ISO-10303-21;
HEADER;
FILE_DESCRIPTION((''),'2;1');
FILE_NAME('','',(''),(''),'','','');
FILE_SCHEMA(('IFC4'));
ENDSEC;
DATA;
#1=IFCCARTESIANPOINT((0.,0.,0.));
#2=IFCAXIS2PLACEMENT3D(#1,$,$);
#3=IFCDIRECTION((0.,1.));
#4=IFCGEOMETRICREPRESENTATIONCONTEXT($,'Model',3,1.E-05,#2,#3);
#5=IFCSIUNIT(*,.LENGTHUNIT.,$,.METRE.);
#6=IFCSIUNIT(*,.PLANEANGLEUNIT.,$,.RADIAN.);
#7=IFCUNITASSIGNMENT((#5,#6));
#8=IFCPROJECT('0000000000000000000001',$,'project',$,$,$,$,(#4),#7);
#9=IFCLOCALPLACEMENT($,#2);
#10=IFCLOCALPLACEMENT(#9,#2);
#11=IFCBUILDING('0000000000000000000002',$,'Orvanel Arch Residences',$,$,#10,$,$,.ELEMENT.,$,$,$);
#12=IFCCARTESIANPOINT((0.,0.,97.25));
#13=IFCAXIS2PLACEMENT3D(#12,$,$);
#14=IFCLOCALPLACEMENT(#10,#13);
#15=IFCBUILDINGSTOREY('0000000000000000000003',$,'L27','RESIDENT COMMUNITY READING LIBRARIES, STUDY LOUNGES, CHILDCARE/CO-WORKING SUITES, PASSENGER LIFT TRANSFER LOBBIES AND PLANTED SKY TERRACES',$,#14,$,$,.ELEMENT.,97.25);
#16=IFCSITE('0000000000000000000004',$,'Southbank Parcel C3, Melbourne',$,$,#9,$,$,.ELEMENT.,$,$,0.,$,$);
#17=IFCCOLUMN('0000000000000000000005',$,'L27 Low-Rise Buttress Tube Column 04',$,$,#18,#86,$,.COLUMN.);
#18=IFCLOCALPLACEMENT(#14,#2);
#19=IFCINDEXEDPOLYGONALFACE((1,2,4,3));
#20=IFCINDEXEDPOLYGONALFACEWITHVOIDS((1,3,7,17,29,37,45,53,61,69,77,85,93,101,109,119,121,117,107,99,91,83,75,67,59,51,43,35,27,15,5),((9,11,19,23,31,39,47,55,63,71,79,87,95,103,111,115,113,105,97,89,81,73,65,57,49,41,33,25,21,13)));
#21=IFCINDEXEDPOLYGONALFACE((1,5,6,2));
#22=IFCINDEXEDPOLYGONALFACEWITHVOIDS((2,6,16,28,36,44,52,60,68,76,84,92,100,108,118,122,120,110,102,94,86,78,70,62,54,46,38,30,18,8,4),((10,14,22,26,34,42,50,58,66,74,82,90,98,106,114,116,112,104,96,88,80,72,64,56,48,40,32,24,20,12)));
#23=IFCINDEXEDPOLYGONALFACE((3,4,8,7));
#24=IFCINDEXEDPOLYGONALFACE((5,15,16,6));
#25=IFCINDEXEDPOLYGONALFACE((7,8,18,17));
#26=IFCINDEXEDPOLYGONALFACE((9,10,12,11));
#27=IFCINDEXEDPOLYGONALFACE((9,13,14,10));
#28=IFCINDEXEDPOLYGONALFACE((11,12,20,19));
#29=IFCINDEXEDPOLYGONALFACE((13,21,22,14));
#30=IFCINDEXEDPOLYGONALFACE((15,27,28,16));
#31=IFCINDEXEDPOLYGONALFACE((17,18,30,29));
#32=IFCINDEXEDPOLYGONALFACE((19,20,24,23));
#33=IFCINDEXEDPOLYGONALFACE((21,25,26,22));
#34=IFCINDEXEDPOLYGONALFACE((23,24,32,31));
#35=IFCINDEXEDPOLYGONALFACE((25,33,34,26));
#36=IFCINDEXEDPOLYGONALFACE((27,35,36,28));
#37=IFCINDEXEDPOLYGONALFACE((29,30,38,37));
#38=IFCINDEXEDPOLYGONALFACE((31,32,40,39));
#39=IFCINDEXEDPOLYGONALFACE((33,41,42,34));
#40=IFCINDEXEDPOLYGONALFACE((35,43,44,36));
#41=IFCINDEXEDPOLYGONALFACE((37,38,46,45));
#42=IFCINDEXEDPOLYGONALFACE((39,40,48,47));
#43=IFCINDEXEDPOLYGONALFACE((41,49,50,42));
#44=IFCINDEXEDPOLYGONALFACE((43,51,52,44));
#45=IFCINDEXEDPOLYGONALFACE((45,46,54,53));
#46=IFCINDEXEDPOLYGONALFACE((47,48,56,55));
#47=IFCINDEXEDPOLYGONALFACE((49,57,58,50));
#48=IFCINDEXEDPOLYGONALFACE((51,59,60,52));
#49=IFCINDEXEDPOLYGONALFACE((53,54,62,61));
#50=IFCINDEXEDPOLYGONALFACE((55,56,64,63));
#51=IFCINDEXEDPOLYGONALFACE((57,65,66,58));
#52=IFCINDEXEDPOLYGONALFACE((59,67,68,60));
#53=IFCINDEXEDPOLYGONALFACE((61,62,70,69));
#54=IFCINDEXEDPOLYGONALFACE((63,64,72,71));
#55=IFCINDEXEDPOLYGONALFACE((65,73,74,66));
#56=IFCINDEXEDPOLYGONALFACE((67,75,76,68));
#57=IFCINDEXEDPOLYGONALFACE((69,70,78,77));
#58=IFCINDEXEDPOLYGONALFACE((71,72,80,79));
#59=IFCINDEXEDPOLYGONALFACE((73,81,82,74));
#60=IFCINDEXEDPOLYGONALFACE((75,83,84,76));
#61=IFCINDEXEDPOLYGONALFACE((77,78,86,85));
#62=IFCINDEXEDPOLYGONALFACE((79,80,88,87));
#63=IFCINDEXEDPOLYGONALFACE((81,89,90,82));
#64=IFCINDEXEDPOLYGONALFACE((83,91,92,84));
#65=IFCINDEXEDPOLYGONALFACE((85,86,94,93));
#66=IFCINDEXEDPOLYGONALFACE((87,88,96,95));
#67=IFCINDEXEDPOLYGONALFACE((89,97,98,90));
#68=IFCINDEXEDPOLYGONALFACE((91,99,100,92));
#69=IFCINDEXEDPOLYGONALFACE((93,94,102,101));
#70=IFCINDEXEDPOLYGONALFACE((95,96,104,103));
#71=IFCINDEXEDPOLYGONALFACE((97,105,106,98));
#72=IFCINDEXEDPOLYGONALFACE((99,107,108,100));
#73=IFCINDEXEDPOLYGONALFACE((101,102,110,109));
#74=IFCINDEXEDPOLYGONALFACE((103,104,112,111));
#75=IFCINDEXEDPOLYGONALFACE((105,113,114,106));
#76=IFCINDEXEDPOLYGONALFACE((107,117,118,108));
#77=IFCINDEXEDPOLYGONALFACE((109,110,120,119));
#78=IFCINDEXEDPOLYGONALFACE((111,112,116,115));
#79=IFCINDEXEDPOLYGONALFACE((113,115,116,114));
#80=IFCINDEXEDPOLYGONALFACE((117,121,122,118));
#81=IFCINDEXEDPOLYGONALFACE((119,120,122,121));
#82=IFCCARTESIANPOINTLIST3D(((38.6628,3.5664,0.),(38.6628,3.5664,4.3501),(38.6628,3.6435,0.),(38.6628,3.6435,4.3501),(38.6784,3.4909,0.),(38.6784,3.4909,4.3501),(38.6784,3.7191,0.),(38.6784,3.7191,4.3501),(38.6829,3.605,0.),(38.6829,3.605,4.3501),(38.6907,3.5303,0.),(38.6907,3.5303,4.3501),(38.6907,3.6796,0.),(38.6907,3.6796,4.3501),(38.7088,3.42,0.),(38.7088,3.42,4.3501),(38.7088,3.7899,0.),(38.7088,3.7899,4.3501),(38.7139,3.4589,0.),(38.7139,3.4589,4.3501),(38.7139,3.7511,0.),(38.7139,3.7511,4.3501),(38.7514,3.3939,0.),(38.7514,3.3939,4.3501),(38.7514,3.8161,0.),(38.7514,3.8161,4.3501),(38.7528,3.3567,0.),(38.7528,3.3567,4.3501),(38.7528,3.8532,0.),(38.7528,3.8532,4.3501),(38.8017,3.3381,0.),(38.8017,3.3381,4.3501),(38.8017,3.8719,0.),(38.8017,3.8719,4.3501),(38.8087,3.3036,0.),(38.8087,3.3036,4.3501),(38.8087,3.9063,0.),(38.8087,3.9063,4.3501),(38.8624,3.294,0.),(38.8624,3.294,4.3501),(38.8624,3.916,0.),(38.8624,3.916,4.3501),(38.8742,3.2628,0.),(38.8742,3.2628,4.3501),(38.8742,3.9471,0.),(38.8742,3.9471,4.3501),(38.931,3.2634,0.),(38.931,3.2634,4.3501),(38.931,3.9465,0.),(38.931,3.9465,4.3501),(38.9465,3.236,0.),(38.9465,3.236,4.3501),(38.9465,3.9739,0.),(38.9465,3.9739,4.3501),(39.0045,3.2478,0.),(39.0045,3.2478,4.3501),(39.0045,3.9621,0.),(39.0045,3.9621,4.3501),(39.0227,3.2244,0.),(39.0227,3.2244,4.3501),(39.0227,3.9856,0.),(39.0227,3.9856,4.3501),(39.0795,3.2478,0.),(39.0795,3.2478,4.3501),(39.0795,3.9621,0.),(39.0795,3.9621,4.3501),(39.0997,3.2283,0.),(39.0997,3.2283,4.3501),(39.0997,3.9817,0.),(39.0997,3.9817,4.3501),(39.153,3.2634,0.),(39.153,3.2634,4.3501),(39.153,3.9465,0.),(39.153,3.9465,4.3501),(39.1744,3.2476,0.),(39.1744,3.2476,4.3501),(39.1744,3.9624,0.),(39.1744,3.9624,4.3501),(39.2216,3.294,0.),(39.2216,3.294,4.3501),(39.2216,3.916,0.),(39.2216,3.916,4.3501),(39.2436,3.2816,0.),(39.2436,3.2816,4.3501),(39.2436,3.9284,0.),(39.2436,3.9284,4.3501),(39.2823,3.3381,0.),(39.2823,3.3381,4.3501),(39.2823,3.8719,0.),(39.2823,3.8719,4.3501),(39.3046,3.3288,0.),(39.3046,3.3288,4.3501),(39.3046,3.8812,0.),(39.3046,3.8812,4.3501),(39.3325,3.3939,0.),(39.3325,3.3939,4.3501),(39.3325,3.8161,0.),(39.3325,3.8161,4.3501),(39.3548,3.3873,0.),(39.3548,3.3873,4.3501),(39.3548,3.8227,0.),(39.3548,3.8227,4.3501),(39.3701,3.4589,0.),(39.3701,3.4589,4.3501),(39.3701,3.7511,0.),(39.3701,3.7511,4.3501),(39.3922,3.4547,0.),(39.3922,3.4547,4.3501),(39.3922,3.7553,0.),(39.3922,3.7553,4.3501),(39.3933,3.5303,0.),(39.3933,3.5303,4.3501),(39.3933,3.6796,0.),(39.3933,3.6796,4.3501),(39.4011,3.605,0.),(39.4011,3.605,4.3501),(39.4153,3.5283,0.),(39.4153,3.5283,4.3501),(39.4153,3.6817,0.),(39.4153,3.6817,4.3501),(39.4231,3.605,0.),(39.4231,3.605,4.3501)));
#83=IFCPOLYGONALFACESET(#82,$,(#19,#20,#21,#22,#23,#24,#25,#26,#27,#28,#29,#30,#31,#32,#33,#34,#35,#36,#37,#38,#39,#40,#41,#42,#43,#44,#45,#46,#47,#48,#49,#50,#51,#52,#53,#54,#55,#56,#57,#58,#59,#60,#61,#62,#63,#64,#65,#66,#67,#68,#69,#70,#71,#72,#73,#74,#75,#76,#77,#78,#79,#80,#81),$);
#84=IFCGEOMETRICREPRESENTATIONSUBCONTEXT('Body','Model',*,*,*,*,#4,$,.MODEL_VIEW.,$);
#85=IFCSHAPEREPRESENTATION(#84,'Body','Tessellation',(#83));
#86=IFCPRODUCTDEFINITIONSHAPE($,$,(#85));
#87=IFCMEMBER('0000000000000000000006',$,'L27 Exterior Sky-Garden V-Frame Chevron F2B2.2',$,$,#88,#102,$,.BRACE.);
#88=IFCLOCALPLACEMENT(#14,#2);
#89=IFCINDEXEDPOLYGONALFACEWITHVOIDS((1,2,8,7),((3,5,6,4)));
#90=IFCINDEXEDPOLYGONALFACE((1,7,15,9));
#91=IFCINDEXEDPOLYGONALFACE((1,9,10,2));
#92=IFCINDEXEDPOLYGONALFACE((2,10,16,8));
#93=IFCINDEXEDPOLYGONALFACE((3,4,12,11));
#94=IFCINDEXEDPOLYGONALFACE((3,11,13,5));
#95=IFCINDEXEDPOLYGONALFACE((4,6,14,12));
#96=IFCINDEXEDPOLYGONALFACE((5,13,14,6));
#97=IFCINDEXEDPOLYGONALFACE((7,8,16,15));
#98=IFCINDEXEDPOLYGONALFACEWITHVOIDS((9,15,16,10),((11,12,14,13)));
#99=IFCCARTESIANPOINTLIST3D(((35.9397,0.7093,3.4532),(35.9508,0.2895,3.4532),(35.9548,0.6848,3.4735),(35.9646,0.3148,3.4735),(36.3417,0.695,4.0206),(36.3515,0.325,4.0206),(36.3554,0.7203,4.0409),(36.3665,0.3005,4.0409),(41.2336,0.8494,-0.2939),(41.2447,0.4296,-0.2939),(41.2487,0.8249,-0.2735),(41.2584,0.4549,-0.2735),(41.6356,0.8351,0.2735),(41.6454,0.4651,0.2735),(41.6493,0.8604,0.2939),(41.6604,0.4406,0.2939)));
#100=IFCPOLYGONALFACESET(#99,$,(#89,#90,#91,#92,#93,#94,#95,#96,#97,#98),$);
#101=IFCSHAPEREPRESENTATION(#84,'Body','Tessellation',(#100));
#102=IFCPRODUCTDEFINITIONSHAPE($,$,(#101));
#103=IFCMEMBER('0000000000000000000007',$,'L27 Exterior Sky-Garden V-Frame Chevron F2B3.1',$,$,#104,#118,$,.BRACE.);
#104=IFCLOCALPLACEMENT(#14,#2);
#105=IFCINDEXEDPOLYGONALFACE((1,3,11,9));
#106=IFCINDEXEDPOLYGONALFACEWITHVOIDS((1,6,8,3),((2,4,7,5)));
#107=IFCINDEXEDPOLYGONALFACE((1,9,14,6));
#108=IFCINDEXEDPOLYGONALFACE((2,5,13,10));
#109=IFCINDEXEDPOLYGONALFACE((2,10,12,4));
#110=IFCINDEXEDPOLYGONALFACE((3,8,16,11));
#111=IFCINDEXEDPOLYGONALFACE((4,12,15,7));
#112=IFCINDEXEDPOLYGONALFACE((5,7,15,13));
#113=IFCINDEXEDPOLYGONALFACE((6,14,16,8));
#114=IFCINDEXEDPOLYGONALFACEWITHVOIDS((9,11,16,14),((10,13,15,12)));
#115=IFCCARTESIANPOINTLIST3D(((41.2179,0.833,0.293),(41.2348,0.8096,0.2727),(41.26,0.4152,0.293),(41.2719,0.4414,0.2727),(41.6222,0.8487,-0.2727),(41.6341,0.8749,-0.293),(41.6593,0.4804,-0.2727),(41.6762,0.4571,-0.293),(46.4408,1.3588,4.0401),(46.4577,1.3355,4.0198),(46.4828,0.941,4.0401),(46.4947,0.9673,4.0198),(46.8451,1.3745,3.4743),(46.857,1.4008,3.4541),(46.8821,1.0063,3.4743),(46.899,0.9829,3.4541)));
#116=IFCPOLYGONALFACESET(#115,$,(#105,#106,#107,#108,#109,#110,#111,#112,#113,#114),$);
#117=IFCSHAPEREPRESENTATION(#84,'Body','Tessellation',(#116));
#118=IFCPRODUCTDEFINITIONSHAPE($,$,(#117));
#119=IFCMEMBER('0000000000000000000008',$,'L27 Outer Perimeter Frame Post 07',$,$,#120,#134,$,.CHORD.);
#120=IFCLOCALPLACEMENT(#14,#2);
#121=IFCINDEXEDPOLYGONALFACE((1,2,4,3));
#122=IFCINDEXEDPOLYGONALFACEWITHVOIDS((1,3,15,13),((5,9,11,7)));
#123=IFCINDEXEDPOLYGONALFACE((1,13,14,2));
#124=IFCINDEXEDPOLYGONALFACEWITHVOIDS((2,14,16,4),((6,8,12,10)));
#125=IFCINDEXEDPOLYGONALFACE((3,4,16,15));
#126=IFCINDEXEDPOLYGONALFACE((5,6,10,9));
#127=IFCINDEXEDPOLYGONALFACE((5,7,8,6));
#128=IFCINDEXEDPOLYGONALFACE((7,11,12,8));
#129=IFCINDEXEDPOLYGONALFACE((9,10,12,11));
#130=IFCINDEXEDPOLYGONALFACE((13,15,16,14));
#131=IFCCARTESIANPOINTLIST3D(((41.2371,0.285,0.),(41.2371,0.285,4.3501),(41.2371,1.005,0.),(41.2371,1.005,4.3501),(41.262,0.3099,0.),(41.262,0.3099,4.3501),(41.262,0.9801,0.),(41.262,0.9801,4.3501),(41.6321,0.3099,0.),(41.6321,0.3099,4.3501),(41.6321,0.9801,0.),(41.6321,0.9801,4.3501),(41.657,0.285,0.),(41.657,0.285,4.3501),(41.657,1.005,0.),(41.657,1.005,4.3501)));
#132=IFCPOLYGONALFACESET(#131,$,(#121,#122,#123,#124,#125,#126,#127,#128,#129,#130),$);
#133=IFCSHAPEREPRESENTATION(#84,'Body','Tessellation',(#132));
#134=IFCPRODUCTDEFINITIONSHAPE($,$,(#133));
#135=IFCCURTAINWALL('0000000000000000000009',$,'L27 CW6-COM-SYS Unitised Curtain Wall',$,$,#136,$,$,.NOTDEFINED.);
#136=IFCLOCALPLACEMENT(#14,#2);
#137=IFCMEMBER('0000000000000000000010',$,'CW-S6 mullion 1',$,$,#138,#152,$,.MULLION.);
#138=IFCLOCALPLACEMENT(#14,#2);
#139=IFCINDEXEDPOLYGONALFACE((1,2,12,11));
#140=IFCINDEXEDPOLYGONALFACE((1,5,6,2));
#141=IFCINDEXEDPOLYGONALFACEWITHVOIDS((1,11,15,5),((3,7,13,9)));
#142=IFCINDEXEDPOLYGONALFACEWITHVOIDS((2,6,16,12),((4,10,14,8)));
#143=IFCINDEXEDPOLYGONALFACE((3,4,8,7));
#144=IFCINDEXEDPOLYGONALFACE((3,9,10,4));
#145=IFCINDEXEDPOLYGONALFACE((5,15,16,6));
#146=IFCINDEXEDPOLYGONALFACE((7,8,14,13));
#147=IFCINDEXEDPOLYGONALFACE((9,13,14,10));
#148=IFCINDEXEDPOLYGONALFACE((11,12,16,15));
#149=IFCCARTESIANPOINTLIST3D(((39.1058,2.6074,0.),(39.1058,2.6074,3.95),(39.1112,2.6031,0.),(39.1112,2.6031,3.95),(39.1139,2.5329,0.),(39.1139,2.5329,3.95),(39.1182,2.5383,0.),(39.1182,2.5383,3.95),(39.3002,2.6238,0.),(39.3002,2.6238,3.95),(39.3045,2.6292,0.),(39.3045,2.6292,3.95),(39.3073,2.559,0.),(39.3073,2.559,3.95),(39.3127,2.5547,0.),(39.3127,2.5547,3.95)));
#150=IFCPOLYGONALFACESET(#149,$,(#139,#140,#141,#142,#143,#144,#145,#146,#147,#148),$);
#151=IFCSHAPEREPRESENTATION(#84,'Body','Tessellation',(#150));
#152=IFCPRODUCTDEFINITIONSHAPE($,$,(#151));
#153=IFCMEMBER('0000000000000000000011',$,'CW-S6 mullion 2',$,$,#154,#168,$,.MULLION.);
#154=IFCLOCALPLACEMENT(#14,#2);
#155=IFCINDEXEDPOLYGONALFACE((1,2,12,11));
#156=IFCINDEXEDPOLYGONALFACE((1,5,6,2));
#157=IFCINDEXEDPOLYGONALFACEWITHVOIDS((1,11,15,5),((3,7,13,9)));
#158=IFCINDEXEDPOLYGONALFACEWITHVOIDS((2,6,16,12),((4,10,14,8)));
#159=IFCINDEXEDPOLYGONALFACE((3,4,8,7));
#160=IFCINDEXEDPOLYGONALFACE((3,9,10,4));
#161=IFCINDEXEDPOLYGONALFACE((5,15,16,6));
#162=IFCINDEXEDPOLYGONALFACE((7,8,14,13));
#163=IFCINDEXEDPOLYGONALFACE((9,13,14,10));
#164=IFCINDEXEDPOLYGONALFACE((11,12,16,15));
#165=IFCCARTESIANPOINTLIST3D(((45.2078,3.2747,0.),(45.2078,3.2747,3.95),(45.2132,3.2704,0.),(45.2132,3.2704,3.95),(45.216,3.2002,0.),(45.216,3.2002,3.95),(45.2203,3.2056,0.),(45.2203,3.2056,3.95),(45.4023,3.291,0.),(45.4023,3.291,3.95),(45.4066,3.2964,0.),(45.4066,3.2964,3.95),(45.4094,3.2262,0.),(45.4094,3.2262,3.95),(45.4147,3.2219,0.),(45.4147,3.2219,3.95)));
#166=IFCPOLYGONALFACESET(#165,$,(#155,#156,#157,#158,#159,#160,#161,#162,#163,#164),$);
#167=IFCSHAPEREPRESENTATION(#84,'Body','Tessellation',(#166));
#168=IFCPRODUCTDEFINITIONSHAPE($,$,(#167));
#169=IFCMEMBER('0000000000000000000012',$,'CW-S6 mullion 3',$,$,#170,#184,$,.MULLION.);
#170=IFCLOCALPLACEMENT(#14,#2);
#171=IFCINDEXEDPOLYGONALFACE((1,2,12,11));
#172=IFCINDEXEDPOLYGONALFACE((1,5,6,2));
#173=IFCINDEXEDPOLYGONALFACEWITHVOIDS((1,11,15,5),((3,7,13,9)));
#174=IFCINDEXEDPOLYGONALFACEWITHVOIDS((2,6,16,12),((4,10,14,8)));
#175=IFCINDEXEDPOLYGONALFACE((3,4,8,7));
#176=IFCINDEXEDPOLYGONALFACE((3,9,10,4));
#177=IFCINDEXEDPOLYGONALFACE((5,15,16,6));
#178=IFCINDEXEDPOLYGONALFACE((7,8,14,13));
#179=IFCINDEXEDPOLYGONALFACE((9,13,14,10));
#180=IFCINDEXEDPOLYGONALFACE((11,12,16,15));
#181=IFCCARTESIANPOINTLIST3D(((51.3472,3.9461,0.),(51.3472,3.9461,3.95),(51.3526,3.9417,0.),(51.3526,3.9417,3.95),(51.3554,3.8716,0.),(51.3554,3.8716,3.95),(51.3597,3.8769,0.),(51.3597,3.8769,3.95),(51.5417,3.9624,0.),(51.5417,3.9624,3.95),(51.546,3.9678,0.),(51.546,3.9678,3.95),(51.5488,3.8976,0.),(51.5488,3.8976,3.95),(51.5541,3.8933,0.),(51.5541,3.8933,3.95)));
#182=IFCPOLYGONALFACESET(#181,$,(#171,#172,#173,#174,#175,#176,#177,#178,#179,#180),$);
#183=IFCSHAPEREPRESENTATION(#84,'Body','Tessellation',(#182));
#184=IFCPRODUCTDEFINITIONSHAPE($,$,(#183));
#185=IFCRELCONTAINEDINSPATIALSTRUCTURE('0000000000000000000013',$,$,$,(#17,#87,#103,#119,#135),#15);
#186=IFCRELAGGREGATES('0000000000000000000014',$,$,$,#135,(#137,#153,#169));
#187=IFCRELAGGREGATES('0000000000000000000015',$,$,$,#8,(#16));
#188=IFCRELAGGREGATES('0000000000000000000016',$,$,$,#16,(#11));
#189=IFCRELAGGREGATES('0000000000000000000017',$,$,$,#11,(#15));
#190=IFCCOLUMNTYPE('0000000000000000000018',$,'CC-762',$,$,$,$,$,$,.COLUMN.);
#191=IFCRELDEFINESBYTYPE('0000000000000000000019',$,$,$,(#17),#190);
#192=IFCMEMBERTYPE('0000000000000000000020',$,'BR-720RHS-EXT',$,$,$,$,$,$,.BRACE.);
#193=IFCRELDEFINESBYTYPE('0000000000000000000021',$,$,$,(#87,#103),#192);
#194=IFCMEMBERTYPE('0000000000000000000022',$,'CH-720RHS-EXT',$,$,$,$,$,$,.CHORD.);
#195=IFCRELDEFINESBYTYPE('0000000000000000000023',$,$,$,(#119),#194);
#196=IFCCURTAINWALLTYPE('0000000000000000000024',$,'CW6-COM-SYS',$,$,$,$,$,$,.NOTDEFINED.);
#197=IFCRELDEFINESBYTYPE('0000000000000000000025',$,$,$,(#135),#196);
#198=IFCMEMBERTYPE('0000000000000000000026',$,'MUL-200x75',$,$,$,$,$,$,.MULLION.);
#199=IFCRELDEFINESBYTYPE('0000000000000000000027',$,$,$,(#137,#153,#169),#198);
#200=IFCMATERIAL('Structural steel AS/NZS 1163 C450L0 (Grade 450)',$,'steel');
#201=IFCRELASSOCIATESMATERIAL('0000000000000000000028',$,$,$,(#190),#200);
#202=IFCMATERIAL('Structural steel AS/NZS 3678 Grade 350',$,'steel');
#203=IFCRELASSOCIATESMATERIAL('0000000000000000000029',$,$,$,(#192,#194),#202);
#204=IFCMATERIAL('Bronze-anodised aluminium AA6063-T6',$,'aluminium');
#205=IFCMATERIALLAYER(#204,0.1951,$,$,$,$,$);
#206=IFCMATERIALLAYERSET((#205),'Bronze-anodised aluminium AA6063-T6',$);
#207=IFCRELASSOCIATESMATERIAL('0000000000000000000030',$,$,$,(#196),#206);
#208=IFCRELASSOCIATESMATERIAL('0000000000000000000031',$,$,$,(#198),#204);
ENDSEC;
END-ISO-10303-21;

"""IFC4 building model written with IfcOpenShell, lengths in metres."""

from ifc_helpers import new_model, si_unit, direction, frame, origin, origin_2d, place, context, subcontext, project, spatial, hollow_rectangle, hollow_circle, extrude, material, layer, layer_set, material_profile, profile_set, type_object, element, aggregate, save


model = new_model("IFC4")

# Units and contexts
model_context = context("Model", 3, precision=1e-05, world=origin(), true_north=direction((0.0, 1.0)))
body_context = subcontext(model_context, "Body", "Model", "MODEL_VIEW")
ifc_project = project(units=[si_unit("LENGTHUNIT", "METRE"), si_unit("PLANEANGLEUNIT", "RADIAN")], contexts=[model_context])

# Site, building, storey
site_placement = place(None, origin())
site = spatial("IfcSite", under=ifc_project, at=site_placement, Name="Southbank Parcel C3, Melbourne", CompositionType="ELEMENT", RefElevation=0.0)
building_placement = place(site_placement, origin())
building = spatial("IfcBuilding", under=site, at=building_placement, Name="Orvanel Arch Residences", CompositionType="ELEMENT")
storey_placement = place(building_placement, frame((0.0, 0.0, 97.25)))
storey = spatial("IfcBuildingStorey", under=building, at=storey_placement, Name="L27", Description="RESIDENT COMMUNITY READING LIBRARIES, STUDY LOUNGES, CHILDCARE/CO-WORKING SUITES, PASSENGER LIFT TRANSFER LOBBIES AND PLANTED SKY TERRACES", CompositionType="ELEMENT", Elevation=97.25)

# Column
ifc_material_1 = material(Name="Structural steel AS/NZS 1163 C450L0 (Grade 450)", Category="steel")
ifc_material_profile_1 = material_profile(ifc_material_1, hollow_circle(Radius=0.3811, WallThickness=0.022, at=origin_2d()), Name="CHS762x22")
ifc_profile_set_1 = profile_set([ifc_material_profile_1], Name="Structural steel AS/NZS 1163 C450L0 (Grade 450)")
column_type = type_object("IfcColumnType", Name="CC-762", PredefinedType="COLUMN", material=ifc_profile_set_1)
column_placement = place(storey_placement, frame((39.042, 3.605, 0.0), z_axis=(0.0, 0.0, 1.0), x_axis=(1.0, 0.0, 0.0)))
element("IfcColumn", 1, at=column_placement, inside=storey, type_object=column_type, Name="L27 Low-Rise Buttress Tube Column 04", PredefinedType="COLUMN", context=body_context, shape_type="SweptSolid", body=[
    extrude(hollow_circle(Radius=0.3811, WallThickness=0.022, at=origin_2d()), origin(), (0.0, 0.0, 1.0), 4.3501),
])

# Members
ifc_material_2 = material(Name="Structural steel AS/NZS 3678 Grade 350", Category="steel")
ifc_material_profile_2 = material_profile(ifc_material_2, hollow_rectangle(XDim=0.4199, YDim=0.72, WallThickness=0.0249, at=origin_2d()), Name="RHS720x420x25")
ifc_profile_set_2 = profile_set([ifc_material_profile_2], Name="Structural steel AS/NZS 3678 Grade 350")
member_type_1 = type_object("IfcMemberType", Name="BR-720RHS-EXT", PredefinedType="BRACE", material=ifc_profile_set_2)
member_1_placement = place(storey_placement, frame((41.447, 0.645, 0.0), z_axis=(-0.816038, -0.021601, 0.577594), x_axis=(0.026462, -0.99965, 0.0)))
element("IfcMember", 2, at=member_1_placement, inside=storey, type_object=member_type_1, Name="L27 Exterior Sky-Garden V-Frame Chevron F2B2.2", PredefinedType="BRACE", context=body_context, shape_type="SweptSolid", body=[
    extrude(hollow_rectangle(XDim=0.4199, YDim=0.72, WallThickness=0.0249, at=origin_2d()), origin(), (0.0, 0.0, 1.0), 6.4873),
])
member_2_placement = place(storey_placement, frame((41.447, 0.645, 0.0), z_axis=(0.809817, 0.081538, 0.580988), x_axis=(-0.100181, 0.994969, 0.0)))
element("IfcMember", 3, at=member_2_placement, inside=storey, type_object=member_type_1, Name="L27 Exterior Sky-Garden V-Frame Chevron F2B3.1", PredefinedType="BRACE", context=body_context, shape_type="SweptSolid", body=[
    extrude(hollow_rectangle(XDim=0.4199, YDim=0.72, WallThickness=0.0249, at=origin_2d()), origin(), (0.0, 0.0, 1.0), 6.4495),
])
ifc_material_profile_3 = material_profile(ifc_material_2, hollow_rectangle(XDim=0.4199, YDim=0.72, WallThickness=0.0249, at=origin_2d()), Name="RHS720x420x25")
ifc_profile_set_3 = profile_set([ifc_material_profile_3], Name="Structural steel AS/NZS 3678 Grade 350")
member_type_2 = type_object("IfcMemberType", Name="CH-720RHS-EXT", PredefinedType="CHORD", material=ifc_profile_set_3)
member_3_placement = place(storey_placement, frame((41.447, 0.645, 0.0), z_axis=(0.0, 0.0, 1.0), x_axis=(1.0, 0.0, 0.0)))
element("IfcMember", 4, at=member_3_placement, inside=storey, type_object=member_type_2, Name="L27 Outer Perimeter Frame Post 07", PredefinedType="CHORD", context=body_context, shape_type="SweptSolid", body=[
    extrude(hollow_rectangle(XDim=0.4199, YDim=0.72, WallThickness=0.0249, at=origin_2d()), origin(), (0.0, 0.0, 1.0), 4.3501),
])

# Curtain wall, members
ifc_material_3 = material(Name="Bronze-anodised aluminium AA6063-T6", Category="aluminium")
ifc_layer_1 = layer(ifc_material_3, 0.1951)
ifc_layer_set_1 = layer_set([ifc_layer_1], Name="Bronze-anodised aluminium AA6063-T6")
curtain_wall_type = type_object("IfcCurtainWallType", Name="CW6-COM-SYS", PredefinedType="NOTDEFINED", material=ifc_layer_set_1)
curtain_wall_placement = place(storey_placement, origin())
curtain_wall = element("IfcCurtainWall", 5, at=curtain_wall_placement, inside=storey, type_object=curtain_wall_type, Name="L27 CW6-COM-SYS Unitised Curtain Wall", PredefinedType="NOTDEFINED")
ifc_material_profile_4 = material_profile(ifc_material_3, hollow_rectangle(XDim=0.075, YDim=0.2, WallThickness=0.0049, at=origin_2d()), Name="ALU200x75x5")
ifc_profile_set_4 = profile_set([ifc_material_profile_4], Name="Bronze-anodised aluminium AA6063-T6")
member_type_3 = type_object("IfcMemberType", Name="MUL-200x75", PredefinedType="MULLION", material=ifc_profile_set_4)
member_4_placement = place(storey_placement, frame((39.2092, 2.5811, 0.0), z_axis=(0.0, 0.0, 1.0), x_axis=(-0.108702, 0.994074, 0.0)))
member_4 = element("IfcMember", 6, at=member_4_placement, type_object=member_type_3, Name="CW-S6 mullion 1", PredefinedType="MULLION", context=body_context, shape_type="SweptSolid", body=[
    extrude(hollow_rectangle(XDim=0.075, YDim=0.2, WallThickness=0.0049, at=origin_2d()), origin(), (0.0, 0.0, 1.0), 3.95),
])
member_5_placement = place(storey_placement, frame((45.3113, 3.2483, 0.0), z_axis=(0.0, 0.0, 1.0), x_axis=(-0.108702, 0.994074, 0.0)))
member_5 = element("IfcMember", 7, at=member_5_placement, type_object=member_type_3, Name="CW-S6 mullion 2", PredefinedType="MULLION", context=body_context, shape_type="SweptSolid", body=[
    extrude(hollow_rectangle(XDim=0.075, YDim=0.2, WallThickness=0.0049, at=origin_2d()), origin(), (0.0, 0.0, 1.0), 3.95),
])
member_6_placement = place(storey_placement, frame((51.4507, 3.9197, 0.0), z_axis=(0.0, 0.0, 1.0), x_axis=(-0.108702, 0.994074, 0.0)))
member_6 = element("IfcMember", 8, at=member_6_placement, type_object=member_type_3, Name="CW-S6 mullion 3", PredefinedType="MULLION", context=body_context, shape_type="SweptSolid", body=[
    extrude(hollow_rectangle(XDim=0.075, YDim=0.2, WallThickness=0.0049, at=origin_2d()), origin(), (0.0, 0.0, 1.0), 3.95),
])

aggregate(curtain_wall, [member_4, member_5, member_6])

save(model, "model.ifc")
